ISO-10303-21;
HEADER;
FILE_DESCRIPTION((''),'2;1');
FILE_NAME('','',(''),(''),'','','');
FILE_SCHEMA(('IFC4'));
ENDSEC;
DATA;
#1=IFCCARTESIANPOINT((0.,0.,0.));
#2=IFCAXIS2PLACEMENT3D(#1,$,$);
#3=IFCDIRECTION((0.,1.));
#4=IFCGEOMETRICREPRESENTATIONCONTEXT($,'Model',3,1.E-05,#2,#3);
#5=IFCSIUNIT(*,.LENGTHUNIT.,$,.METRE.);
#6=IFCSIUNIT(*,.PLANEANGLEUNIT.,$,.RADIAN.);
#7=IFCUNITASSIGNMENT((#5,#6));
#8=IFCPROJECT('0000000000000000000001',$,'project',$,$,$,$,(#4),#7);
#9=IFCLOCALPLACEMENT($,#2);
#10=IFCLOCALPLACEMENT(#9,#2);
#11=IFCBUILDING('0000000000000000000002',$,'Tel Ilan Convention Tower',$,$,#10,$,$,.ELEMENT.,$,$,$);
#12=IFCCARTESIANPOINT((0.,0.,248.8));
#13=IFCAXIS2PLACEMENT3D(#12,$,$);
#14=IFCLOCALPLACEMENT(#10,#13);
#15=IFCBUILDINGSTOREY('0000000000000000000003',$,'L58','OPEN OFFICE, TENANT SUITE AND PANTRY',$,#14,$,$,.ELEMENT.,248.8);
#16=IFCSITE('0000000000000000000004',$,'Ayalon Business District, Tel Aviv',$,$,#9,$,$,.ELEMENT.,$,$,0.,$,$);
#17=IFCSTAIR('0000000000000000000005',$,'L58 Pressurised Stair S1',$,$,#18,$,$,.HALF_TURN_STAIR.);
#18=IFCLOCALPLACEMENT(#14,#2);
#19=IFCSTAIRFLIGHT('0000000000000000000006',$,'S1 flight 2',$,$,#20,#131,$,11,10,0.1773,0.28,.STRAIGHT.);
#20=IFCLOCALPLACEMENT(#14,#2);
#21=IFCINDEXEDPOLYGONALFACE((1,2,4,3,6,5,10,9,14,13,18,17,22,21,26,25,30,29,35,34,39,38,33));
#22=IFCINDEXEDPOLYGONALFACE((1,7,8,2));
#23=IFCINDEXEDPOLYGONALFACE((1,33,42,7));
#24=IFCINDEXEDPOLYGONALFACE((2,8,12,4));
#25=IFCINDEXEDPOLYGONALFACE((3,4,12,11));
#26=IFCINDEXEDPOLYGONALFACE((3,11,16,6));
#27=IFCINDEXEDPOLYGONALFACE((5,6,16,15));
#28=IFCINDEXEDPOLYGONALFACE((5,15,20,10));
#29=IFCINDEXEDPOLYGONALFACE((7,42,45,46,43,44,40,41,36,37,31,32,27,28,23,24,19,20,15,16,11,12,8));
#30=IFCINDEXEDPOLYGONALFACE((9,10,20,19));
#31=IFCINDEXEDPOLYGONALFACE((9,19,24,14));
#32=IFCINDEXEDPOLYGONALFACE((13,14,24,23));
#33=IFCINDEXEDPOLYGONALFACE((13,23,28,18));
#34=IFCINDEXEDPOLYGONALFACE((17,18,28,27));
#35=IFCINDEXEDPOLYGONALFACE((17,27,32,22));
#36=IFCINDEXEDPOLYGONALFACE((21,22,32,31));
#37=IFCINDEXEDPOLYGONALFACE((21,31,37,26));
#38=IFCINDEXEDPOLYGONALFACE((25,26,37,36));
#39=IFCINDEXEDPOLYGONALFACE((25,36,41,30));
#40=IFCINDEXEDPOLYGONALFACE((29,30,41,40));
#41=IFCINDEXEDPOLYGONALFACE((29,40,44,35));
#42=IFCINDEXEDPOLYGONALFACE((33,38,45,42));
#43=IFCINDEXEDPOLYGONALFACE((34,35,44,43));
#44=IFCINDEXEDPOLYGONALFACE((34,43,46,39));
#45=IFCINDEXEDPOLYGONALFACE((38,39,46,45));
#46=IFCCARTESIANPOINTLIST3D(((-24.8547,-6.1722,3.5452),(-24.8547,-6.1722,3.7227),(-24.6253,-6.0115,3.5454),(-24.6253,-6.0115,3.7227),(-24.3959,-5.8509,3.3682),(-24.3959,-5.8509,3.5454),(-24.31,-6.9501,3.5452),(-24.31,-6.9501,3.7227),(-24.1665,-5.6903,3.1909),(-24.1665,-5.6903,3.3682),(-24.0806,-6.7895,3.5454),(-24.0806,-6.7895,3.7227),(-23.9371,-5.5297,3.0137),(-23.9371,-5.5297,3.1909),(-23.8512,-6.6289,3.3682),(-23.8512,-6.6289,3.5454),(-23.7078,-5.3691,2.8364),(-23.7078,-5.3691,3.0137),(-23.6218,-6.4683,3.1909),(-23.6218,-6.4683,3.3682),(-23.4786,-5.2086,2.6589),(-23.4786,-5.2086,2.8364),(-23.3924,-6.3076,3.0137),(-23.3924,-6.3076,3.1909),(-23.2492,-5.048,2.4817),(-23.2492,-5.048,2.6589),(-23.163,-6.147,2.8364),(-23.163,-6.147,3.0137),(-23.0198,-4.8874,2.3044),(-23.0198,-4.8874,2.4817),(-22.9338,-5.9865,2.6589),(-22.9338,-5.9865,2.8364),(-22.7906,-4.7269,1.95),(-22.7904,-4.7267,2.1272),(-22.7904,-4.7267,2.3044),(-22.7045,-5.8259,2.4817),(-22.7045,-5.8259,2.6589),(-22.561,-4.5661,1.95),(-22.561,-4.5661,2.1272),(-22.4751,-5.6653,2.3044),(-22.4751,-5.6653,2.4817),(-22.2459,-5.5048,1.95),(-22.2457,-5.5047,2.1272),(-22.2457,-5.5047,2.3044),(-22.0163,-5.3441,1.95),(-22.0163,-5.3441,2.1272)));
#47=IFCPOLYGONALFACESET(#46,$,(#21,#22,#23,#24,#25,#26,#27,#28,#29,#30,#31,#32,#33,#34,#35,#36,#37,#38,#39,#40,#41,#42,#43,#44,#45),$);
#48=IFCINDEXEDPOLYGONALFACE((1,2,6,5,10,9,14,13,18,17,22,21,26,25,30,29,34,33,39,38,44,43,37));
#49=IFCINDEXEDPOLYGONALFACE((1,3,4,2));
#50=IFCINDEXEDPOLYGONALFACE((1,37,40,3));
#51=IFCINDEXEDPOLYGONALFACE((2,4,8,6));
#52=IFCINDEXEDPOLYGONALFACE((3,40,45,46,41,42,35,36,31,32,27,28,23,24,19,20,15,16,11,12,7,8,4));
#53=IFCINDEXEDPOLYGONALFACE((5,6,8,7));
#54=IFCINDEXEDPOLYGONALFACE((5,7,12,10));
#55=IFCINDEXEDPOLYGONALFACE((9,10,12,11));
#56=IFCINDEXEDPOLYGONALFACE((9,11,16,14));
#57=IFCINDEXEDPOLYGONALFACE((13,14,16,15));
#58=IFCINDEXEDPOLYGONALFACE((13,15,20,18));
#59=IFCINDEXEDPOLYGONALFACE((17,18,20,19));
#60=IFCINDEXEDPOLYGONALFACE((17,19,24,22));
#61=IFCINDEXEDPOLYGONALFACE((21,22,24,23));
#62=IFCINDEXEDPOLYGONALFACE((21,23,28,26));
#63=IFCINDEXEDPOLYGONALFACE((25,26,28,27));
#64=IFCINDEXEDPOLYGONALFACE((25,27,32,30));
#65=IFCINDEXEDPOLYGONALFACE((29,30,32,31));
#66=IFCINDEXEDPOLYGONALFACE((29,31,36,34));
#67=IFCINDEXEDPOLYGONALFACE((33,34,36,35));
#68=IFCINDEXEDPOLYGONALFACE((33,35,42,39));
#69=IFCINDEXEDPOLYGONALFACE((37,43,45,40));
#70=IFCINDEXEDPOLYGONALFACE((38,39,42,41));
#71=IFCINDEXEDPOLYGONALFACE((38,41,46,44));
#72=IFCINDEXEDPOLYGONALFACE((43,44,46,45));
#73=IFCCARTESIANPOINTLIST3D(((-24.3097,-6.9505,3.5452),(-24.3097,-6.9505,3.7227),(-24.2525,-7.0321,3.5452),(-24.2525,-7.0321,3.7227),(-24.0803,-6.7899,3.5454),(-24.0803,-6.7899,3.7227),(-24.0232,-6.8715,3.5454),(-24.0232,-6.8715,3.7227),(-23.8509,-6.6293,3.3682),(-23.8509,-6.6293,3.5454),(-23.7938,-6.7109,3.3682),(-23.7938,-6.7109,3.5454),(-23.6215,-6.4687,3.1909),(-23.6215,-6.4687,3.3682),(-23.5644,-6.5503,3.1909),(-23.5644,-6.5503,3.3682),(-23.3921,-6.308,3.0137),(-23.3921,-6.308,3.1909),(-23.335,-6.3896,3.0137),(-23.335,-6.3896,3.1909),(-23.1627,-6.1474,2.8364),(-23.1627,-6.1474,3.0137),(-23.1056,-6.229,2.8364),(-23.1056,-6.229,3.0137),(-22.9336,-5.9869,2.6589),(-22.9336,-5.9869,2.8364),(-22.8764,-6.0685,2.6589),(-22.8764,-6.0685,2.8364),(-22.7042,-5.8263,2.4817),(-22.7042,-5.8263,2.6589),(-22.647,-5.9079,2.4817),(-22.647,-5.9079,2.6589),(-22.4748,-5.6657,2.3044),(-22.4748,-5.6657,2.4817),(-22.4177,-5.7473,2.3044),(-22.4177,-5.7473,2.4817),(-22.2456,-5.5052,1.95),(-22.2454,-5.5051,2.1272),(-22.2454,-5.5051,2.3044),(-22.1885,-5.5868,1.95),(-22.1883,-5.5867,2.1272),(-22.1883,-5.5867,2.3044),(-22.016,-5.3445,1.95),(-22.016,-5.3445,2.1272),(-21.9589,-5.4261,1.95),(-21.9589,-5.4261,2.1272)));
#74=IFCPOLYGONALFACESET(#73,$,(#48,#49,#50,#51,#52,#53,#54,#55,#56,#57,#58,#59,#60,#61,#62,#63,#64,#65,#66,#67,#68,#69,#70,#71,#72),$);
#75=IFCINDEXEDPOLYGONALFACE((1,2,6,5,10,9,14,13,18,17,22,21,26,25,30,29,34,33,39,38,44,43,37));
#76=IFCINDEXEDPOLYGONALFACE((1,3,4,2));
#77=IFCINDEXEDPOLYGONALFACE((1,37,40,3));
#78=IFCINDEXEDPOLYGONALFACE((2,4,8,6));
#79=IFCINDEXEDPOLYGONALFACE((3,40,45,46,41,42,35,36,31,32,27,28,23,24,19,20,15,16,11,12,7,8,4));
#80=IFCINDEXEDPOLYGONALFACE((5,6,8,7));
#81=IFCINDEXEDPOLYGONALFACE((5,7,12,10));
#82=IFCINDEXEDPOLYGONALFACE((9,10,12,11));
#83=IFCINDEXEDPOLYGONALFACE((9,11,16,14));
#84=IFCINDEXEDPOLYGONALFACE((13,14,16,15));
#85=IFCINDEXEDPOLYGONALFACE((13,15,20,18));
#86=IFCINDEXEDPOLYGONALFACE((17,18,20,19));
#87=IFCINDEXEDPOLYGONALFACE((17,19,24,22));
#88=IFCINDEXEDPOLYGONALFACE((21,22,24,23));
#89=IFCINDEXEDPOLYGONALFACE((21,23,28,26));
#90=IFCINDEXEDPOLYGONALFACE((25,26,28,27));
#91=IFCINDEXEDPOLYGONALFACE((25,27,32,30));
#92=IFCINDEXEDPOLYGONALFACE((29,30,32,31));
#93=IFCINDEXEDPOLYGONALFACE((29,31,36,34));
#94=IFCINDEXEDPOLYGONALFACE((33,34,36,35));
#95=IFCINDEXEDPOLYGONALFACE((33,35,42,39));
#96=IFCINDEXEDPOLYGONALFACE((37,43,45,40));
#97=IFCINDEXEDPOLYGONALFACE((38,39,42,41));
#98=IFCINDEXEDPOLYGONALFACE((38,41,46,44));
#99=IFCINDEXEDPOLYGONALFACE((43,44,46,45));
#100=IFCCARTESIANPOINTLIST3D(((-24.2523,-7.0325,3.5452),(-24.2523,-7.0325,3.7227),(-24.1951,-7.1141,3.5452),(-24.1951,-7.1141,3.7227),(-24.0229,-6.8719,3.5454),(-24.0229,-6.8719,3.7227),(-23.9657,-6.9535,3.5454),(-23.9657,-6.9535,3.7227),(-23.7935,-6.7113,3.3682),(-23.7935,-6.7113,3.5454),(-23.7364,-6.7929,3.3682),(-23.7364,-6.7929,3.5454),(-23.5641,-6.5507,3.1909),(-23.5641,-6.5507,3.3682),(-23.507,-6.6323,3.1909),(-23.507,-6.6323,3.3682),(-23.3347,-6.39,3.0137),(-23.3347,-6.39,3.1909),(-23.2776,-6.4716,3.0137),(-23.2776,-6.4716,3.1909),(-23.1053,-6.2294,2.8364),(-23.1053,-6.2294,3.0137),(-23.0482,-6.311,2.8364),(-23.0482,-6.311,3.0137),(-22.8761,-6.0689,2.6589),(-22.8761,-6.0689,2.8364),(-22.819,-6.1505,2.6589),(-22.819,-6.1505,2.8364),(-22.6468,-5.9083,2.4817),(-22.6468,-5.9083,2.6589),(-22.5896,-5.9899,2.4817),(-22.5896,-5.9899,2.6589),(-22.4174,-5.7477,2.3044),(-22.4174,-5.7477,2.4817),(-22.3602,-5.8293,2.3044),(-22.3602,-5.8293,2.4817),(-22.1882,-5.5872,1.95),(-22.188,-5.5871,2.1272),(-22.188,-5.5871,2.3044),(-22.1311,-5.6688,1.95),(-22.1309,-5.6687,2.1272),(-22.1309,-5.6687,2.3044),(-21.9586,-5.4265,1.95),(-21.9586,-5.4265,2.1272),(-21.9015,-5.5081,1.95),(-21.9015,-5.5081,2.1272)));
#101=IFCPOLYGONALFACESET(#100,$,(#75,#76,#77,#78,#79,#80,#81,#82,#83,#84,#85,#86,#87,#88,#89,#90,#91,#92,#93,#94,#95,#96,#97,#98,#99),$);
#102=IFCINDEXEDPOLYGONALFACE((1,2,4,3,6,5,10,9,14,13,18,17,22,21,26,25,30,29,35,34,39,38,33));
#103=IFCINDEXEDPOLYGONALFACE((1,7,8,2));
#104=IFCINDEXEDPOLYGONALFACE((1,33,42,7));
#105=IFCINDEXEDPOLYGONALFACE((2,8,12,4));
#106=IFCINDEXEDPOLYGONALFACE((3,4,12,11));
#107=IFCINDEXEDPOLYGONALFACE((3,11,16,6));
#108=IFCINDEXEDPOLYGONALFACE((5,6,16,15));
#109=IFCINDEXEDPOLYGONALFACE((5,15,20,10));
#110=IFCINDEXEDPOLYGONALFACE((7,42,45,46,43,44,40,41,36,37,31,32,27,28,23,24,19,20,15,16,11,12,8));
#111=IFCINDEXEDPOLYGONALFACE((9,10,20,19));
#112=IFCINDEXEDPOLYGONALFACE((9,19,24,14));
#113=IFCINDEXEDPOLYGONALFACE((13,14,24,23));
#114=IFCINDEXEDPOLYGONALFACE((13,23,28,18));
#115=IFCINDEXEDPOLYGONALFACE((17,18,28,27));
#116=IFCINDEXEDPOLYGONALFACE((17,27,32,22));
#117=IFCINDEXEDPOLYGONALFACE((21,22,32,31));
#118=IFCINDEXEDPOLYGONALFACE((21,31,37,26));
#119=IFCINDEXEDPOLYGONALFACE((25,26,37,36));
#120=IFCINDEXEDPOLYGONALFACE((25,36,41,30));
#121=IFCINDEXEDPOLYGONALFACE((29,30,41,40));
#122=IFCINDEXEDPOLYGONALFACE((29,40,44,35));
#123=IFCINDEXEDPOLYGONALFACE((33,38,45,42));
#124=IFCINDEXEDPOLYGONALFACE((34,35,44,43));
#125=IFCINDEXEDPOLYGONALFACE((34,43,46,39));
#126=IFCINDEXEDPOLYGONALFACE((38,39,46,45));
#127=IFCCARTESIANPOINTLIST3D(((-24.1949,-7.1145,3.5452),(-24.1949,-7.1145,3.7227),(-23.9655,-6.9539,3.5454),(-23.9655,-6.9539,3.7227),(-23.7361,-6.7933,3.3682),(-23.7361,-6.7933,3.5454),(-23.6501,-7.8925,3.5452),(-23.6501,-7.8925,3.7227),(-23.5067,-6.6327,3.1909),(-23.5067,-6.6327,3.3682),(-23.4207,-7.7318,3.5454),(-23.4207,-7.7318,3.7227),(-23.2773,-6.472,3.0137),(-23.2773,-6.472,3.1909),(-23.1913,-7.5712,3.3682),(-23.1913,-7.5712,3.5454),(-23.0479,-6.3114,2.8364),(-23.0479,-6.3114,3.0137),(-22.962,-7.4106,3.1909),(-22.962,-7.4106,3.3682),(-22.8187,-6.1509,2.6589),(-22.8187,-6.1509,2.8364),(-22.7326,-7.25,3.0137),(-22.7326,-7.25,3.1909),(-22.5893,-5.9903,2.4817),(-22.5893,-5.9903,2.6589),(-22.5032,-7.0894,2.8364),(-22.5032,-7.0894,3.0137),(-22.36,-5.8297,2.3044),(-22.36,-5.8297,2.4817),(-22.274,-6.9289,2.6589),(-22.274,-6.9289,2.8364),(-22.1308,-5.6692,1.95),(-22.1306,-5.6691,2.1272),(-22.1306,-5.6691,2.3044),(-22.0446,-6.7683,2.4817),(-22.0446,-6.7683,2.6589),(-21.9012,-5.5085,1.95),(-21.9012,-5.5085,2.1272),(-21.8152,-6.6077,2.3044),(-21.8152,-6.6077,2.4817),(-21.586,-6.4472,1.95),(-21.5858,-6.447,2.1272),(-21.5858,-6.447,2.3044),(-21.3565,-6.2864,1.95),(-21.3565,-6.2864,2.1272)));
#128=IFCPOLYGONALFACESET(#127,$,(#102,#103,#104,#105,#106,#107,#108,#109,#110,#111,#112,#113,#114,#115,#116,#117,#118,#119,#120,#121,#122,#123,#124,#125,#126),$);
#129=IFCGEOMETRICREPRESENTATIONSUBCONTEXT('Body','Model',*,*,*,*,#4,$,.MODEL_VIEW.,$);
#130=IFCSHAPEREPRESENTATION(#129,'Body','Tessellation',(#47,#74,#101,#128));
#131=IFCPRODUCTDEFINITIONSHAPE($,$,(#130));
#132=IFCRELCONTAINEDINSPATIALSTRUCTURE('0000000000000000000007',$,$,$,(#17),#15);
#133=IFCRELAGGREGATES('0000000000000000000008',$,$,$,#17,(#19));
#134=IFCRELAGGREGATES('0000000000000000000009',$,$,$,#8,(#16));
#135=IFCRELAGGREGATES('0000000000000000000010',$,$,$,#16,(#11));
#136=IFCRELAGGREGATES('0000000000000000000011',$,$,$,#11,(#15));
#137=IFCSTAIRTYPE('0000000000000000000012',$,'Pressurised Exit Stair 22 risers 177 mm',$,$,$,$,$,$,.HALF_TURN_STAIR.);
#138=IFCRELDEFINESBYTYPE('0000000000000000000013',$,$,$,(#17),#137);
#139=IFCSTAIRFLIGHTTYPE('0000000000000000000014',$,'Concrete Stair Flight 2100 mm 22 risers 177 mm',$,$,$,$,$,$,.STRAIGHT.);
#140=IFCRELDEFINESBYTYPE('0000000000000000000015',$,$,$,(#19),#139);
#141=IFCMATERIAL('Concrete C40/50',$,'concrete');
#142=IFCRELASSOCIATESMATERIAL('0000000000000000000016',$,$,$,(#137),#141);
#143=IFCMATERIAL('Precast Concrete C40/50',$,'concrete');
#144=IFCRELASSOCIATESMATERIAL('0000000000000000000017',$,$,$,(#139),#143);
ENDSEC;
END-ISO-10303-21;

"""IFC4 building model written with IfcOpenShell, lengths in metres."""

from ifc_helpers import new_model, si_unit, direction, frame, origin, place, context, subcontext, project, spatial, polyline, outline, extrude, material, type_object, element, aggregate, save


model = new_model("IFC4")

# Units and contexts
model_context = context("Model", 3, precision=1e-05, world=origin(), true_north=direction((0.0, 1.0)))
body_context = subcontext(model_context, "Body", "Model", "MODEL_VIEW")
ifc_project = project(units=[si_unit("LENGTHUNIT", "METRE"), si_unit("PLANEANGLEUNIT", "RADIAN")], contexts=[model_context])

# Site, building, storey
site_placement = place(None, origin())
site = spatial("IfcSite", under=ifc_project, at=site_placement, Name="Ayalon Business District, Tel Aviv", CompositionType="ELEMENT", RefElevation=0.0)
building_placement = place(site_placement, origin())
building = spatial("IfcBuilding", under=site, at=building_placement, Name="Tel Ilan Convention Tower", CompositionType="ELEMENT")
storey_placement = place(building_placement, frame((0.0, 0.0, 248.8)))
storey = spatial("IfcBuildingStorey", under=building, at=storey_placement, Name="L58", Description="OPEN OFFICE, TENANT SUITE AND PANTRY", CompositionType="ELEMENT", Elevation=248.8)

# Stair, stair flight
ifc_material_1 = material(Name="Concrete C40/50", Category="concrete")
stair_type = type_object("IfcStairType", Name="Pressurised Exit Stair 22 risers 177 mm", PredefinedType="HALF_TURN_STAIR", material=ifc_material_1)
stair_1_placement = place(storey_placement, origin())
stair_1 = element("IfcStair", 1, at=stair_1_placement, inside=storey, type_object=stair_type, Name="L58 Pressurised Stair S1", PredefinedType="HALF_TURN_STAIR")
ifc_material_2 = material(Name="Precast Concrete C40/50", Category="concrete")
stair_flight_type = type_object("IfcStairFlightType", Name="Concrete Stair Flight 2100 mm 22 risers 177 mm", PredefinedType="STRAIGHT", material=ifc_material_2)
stair_flight_1_placement = place(storey_placement, frame((-21.9587, -5.4263, 1.95), z_axis=(0.0, 0.0, 1.0), x_axis=(-0.819152, -0.573576, 0.0)))
stair_flight_1 = element("IfcStairFlight", 2, at=stair_flight_1_placement, type_object=stair_flight_type, Name="S1 flight 2", NumberOfRisers=11, NumberOfTreads=10, PredefinedType="STRAIGHT", RiserHeight=0.1773, TreadLength=0.28, context=body_context, shape_type="SweptSolid", body=[
    extrude(outline(polyline([(0.0, 0.0), (0.0, 0.1772), (0.28, 0.1772), (0.28, 0.3545), (0.5601, 0.3545), (0.5601, 0.5317), (0.8401, 0.5317), (0.8401, 0.709), (1.1201, 0.709), (1.1201, 0.8865), (1.3999, 0.8865), (1.3999, 1.0637), (1.6799, 1.0637), (1.6799, 1.241), (1.96, 1.241), (1.96, 1.4182), (2.24, 1.4182), (2.24, 1.5955), (2.52, 1.5955), (2.52, 1.7727), (2.8, 1.7727), (2.8, 1.95), (2.8, 1.5952), (0.2803, 0.0), (0.0, 0.0)])), frame((0.0, -0.1003, 0.0), z_axis=(0.0, -1.0, 0.0), x_axis=(1.0, 0.0, 0.0)), (0.0, 0.0, 1.0), 0.9497),
    extrude(outline(polyline([(0.0, 0.0), (0.0, 0.1772), (0.28, 0.1772), (0.28, 0.3545), (0.5601, 0.3545), (0.5601, 0.5317), (0.8401, 0.5317), (0.8401, 0.709), (1.1201, 0.709), (1.1201, 0.8865), (1.3999, 0.8865), (1.3999, 1.0637), (1.6799, 1.0637), (1.6799, 1.241), (1.96, 1.241), (1.96, 1.4182), (2.24, 1.4182), (2.24, 1.5955), (2.52, 1.5955), (2.52, 1.7727), (2.8, 1.7727), (2.8, 1.95), (2.8, 1.5952), (0.2803, 0.0), (0.0, 0.0)])), frame((0.0, -0.0002, 0.0), z_axis=(0.0, -1.0, 0.0), x_axis=(1.0, 0.0, 0.0)), (0.0, 0.0, 1.0), 0.0996),
    extrude(outline(polyline([(0.0, 0.0), (0.0, 0.1772), (0.28, 0.1772), (0.28, 0.3545), (0.5601, 0.3545), (0.5601, 0.5317), (0.8401, 0.5317), (0.8401, 0.709), (1.1201, 0.709), (1.1201, 0.8865), (1.3999, 0.8865), (1.3999, 1.0637), (1.6799, 1.0637), (1.6799, 1.241), (1.96, 1.241), (1.96, 1.4182), (2.24, 1.4182), (2.24, 1.5955), (2.52, 1.5955), (2.52, 1.7727), (2.8, 1.7727), (2.8, 1.95), (2.8, 1.5952), (0.2803, 0.0), (0.0, 0.0)])), frame((0.0, 0.0999, 0.0), z_axis=(0.0, -1.0, 0.0), x_axis=(1.0, 0.0, 0.0)), (0.0, 0.0, 1.0), 0.0996),
    extrude(outline(polyline([(0.0, 0.0), (0.0, 0.1772), (0.28, 0.1772), (0.28, 0.3545), (0.5601, 0.3545), (0.5601, 0.5317), (0.8401, 0.5317), (0.8401, 0.709), (1.1201, 0.709), (1.1201, 0.8865), (1.3999, 0.8865), (1.3999, 1.0637), (1.6799, 1.0637), (1.6799, 1.241), (1.96, 1.241), (1.96, 1.4182), (2.24, 1.4182), (2.24, 1.5955), (2.52, 1.5955), (2.52, 1.7727), (2.8, 1.7727), (2.8, 1.95), (2.8, 1.5952), (0.2803, 0.0), (0.0, 0.0)])), frame((0.0, 1.05, 0.0), z_axis=(0.0, -1.0, 0.0), x_axis=(1.0, 0.0, 0.0)), (0.0, 0.0, 1.0), 0.9497),
])
aggregate(stair_1, [stair_flight_1])

save(model, "model.ifc")
